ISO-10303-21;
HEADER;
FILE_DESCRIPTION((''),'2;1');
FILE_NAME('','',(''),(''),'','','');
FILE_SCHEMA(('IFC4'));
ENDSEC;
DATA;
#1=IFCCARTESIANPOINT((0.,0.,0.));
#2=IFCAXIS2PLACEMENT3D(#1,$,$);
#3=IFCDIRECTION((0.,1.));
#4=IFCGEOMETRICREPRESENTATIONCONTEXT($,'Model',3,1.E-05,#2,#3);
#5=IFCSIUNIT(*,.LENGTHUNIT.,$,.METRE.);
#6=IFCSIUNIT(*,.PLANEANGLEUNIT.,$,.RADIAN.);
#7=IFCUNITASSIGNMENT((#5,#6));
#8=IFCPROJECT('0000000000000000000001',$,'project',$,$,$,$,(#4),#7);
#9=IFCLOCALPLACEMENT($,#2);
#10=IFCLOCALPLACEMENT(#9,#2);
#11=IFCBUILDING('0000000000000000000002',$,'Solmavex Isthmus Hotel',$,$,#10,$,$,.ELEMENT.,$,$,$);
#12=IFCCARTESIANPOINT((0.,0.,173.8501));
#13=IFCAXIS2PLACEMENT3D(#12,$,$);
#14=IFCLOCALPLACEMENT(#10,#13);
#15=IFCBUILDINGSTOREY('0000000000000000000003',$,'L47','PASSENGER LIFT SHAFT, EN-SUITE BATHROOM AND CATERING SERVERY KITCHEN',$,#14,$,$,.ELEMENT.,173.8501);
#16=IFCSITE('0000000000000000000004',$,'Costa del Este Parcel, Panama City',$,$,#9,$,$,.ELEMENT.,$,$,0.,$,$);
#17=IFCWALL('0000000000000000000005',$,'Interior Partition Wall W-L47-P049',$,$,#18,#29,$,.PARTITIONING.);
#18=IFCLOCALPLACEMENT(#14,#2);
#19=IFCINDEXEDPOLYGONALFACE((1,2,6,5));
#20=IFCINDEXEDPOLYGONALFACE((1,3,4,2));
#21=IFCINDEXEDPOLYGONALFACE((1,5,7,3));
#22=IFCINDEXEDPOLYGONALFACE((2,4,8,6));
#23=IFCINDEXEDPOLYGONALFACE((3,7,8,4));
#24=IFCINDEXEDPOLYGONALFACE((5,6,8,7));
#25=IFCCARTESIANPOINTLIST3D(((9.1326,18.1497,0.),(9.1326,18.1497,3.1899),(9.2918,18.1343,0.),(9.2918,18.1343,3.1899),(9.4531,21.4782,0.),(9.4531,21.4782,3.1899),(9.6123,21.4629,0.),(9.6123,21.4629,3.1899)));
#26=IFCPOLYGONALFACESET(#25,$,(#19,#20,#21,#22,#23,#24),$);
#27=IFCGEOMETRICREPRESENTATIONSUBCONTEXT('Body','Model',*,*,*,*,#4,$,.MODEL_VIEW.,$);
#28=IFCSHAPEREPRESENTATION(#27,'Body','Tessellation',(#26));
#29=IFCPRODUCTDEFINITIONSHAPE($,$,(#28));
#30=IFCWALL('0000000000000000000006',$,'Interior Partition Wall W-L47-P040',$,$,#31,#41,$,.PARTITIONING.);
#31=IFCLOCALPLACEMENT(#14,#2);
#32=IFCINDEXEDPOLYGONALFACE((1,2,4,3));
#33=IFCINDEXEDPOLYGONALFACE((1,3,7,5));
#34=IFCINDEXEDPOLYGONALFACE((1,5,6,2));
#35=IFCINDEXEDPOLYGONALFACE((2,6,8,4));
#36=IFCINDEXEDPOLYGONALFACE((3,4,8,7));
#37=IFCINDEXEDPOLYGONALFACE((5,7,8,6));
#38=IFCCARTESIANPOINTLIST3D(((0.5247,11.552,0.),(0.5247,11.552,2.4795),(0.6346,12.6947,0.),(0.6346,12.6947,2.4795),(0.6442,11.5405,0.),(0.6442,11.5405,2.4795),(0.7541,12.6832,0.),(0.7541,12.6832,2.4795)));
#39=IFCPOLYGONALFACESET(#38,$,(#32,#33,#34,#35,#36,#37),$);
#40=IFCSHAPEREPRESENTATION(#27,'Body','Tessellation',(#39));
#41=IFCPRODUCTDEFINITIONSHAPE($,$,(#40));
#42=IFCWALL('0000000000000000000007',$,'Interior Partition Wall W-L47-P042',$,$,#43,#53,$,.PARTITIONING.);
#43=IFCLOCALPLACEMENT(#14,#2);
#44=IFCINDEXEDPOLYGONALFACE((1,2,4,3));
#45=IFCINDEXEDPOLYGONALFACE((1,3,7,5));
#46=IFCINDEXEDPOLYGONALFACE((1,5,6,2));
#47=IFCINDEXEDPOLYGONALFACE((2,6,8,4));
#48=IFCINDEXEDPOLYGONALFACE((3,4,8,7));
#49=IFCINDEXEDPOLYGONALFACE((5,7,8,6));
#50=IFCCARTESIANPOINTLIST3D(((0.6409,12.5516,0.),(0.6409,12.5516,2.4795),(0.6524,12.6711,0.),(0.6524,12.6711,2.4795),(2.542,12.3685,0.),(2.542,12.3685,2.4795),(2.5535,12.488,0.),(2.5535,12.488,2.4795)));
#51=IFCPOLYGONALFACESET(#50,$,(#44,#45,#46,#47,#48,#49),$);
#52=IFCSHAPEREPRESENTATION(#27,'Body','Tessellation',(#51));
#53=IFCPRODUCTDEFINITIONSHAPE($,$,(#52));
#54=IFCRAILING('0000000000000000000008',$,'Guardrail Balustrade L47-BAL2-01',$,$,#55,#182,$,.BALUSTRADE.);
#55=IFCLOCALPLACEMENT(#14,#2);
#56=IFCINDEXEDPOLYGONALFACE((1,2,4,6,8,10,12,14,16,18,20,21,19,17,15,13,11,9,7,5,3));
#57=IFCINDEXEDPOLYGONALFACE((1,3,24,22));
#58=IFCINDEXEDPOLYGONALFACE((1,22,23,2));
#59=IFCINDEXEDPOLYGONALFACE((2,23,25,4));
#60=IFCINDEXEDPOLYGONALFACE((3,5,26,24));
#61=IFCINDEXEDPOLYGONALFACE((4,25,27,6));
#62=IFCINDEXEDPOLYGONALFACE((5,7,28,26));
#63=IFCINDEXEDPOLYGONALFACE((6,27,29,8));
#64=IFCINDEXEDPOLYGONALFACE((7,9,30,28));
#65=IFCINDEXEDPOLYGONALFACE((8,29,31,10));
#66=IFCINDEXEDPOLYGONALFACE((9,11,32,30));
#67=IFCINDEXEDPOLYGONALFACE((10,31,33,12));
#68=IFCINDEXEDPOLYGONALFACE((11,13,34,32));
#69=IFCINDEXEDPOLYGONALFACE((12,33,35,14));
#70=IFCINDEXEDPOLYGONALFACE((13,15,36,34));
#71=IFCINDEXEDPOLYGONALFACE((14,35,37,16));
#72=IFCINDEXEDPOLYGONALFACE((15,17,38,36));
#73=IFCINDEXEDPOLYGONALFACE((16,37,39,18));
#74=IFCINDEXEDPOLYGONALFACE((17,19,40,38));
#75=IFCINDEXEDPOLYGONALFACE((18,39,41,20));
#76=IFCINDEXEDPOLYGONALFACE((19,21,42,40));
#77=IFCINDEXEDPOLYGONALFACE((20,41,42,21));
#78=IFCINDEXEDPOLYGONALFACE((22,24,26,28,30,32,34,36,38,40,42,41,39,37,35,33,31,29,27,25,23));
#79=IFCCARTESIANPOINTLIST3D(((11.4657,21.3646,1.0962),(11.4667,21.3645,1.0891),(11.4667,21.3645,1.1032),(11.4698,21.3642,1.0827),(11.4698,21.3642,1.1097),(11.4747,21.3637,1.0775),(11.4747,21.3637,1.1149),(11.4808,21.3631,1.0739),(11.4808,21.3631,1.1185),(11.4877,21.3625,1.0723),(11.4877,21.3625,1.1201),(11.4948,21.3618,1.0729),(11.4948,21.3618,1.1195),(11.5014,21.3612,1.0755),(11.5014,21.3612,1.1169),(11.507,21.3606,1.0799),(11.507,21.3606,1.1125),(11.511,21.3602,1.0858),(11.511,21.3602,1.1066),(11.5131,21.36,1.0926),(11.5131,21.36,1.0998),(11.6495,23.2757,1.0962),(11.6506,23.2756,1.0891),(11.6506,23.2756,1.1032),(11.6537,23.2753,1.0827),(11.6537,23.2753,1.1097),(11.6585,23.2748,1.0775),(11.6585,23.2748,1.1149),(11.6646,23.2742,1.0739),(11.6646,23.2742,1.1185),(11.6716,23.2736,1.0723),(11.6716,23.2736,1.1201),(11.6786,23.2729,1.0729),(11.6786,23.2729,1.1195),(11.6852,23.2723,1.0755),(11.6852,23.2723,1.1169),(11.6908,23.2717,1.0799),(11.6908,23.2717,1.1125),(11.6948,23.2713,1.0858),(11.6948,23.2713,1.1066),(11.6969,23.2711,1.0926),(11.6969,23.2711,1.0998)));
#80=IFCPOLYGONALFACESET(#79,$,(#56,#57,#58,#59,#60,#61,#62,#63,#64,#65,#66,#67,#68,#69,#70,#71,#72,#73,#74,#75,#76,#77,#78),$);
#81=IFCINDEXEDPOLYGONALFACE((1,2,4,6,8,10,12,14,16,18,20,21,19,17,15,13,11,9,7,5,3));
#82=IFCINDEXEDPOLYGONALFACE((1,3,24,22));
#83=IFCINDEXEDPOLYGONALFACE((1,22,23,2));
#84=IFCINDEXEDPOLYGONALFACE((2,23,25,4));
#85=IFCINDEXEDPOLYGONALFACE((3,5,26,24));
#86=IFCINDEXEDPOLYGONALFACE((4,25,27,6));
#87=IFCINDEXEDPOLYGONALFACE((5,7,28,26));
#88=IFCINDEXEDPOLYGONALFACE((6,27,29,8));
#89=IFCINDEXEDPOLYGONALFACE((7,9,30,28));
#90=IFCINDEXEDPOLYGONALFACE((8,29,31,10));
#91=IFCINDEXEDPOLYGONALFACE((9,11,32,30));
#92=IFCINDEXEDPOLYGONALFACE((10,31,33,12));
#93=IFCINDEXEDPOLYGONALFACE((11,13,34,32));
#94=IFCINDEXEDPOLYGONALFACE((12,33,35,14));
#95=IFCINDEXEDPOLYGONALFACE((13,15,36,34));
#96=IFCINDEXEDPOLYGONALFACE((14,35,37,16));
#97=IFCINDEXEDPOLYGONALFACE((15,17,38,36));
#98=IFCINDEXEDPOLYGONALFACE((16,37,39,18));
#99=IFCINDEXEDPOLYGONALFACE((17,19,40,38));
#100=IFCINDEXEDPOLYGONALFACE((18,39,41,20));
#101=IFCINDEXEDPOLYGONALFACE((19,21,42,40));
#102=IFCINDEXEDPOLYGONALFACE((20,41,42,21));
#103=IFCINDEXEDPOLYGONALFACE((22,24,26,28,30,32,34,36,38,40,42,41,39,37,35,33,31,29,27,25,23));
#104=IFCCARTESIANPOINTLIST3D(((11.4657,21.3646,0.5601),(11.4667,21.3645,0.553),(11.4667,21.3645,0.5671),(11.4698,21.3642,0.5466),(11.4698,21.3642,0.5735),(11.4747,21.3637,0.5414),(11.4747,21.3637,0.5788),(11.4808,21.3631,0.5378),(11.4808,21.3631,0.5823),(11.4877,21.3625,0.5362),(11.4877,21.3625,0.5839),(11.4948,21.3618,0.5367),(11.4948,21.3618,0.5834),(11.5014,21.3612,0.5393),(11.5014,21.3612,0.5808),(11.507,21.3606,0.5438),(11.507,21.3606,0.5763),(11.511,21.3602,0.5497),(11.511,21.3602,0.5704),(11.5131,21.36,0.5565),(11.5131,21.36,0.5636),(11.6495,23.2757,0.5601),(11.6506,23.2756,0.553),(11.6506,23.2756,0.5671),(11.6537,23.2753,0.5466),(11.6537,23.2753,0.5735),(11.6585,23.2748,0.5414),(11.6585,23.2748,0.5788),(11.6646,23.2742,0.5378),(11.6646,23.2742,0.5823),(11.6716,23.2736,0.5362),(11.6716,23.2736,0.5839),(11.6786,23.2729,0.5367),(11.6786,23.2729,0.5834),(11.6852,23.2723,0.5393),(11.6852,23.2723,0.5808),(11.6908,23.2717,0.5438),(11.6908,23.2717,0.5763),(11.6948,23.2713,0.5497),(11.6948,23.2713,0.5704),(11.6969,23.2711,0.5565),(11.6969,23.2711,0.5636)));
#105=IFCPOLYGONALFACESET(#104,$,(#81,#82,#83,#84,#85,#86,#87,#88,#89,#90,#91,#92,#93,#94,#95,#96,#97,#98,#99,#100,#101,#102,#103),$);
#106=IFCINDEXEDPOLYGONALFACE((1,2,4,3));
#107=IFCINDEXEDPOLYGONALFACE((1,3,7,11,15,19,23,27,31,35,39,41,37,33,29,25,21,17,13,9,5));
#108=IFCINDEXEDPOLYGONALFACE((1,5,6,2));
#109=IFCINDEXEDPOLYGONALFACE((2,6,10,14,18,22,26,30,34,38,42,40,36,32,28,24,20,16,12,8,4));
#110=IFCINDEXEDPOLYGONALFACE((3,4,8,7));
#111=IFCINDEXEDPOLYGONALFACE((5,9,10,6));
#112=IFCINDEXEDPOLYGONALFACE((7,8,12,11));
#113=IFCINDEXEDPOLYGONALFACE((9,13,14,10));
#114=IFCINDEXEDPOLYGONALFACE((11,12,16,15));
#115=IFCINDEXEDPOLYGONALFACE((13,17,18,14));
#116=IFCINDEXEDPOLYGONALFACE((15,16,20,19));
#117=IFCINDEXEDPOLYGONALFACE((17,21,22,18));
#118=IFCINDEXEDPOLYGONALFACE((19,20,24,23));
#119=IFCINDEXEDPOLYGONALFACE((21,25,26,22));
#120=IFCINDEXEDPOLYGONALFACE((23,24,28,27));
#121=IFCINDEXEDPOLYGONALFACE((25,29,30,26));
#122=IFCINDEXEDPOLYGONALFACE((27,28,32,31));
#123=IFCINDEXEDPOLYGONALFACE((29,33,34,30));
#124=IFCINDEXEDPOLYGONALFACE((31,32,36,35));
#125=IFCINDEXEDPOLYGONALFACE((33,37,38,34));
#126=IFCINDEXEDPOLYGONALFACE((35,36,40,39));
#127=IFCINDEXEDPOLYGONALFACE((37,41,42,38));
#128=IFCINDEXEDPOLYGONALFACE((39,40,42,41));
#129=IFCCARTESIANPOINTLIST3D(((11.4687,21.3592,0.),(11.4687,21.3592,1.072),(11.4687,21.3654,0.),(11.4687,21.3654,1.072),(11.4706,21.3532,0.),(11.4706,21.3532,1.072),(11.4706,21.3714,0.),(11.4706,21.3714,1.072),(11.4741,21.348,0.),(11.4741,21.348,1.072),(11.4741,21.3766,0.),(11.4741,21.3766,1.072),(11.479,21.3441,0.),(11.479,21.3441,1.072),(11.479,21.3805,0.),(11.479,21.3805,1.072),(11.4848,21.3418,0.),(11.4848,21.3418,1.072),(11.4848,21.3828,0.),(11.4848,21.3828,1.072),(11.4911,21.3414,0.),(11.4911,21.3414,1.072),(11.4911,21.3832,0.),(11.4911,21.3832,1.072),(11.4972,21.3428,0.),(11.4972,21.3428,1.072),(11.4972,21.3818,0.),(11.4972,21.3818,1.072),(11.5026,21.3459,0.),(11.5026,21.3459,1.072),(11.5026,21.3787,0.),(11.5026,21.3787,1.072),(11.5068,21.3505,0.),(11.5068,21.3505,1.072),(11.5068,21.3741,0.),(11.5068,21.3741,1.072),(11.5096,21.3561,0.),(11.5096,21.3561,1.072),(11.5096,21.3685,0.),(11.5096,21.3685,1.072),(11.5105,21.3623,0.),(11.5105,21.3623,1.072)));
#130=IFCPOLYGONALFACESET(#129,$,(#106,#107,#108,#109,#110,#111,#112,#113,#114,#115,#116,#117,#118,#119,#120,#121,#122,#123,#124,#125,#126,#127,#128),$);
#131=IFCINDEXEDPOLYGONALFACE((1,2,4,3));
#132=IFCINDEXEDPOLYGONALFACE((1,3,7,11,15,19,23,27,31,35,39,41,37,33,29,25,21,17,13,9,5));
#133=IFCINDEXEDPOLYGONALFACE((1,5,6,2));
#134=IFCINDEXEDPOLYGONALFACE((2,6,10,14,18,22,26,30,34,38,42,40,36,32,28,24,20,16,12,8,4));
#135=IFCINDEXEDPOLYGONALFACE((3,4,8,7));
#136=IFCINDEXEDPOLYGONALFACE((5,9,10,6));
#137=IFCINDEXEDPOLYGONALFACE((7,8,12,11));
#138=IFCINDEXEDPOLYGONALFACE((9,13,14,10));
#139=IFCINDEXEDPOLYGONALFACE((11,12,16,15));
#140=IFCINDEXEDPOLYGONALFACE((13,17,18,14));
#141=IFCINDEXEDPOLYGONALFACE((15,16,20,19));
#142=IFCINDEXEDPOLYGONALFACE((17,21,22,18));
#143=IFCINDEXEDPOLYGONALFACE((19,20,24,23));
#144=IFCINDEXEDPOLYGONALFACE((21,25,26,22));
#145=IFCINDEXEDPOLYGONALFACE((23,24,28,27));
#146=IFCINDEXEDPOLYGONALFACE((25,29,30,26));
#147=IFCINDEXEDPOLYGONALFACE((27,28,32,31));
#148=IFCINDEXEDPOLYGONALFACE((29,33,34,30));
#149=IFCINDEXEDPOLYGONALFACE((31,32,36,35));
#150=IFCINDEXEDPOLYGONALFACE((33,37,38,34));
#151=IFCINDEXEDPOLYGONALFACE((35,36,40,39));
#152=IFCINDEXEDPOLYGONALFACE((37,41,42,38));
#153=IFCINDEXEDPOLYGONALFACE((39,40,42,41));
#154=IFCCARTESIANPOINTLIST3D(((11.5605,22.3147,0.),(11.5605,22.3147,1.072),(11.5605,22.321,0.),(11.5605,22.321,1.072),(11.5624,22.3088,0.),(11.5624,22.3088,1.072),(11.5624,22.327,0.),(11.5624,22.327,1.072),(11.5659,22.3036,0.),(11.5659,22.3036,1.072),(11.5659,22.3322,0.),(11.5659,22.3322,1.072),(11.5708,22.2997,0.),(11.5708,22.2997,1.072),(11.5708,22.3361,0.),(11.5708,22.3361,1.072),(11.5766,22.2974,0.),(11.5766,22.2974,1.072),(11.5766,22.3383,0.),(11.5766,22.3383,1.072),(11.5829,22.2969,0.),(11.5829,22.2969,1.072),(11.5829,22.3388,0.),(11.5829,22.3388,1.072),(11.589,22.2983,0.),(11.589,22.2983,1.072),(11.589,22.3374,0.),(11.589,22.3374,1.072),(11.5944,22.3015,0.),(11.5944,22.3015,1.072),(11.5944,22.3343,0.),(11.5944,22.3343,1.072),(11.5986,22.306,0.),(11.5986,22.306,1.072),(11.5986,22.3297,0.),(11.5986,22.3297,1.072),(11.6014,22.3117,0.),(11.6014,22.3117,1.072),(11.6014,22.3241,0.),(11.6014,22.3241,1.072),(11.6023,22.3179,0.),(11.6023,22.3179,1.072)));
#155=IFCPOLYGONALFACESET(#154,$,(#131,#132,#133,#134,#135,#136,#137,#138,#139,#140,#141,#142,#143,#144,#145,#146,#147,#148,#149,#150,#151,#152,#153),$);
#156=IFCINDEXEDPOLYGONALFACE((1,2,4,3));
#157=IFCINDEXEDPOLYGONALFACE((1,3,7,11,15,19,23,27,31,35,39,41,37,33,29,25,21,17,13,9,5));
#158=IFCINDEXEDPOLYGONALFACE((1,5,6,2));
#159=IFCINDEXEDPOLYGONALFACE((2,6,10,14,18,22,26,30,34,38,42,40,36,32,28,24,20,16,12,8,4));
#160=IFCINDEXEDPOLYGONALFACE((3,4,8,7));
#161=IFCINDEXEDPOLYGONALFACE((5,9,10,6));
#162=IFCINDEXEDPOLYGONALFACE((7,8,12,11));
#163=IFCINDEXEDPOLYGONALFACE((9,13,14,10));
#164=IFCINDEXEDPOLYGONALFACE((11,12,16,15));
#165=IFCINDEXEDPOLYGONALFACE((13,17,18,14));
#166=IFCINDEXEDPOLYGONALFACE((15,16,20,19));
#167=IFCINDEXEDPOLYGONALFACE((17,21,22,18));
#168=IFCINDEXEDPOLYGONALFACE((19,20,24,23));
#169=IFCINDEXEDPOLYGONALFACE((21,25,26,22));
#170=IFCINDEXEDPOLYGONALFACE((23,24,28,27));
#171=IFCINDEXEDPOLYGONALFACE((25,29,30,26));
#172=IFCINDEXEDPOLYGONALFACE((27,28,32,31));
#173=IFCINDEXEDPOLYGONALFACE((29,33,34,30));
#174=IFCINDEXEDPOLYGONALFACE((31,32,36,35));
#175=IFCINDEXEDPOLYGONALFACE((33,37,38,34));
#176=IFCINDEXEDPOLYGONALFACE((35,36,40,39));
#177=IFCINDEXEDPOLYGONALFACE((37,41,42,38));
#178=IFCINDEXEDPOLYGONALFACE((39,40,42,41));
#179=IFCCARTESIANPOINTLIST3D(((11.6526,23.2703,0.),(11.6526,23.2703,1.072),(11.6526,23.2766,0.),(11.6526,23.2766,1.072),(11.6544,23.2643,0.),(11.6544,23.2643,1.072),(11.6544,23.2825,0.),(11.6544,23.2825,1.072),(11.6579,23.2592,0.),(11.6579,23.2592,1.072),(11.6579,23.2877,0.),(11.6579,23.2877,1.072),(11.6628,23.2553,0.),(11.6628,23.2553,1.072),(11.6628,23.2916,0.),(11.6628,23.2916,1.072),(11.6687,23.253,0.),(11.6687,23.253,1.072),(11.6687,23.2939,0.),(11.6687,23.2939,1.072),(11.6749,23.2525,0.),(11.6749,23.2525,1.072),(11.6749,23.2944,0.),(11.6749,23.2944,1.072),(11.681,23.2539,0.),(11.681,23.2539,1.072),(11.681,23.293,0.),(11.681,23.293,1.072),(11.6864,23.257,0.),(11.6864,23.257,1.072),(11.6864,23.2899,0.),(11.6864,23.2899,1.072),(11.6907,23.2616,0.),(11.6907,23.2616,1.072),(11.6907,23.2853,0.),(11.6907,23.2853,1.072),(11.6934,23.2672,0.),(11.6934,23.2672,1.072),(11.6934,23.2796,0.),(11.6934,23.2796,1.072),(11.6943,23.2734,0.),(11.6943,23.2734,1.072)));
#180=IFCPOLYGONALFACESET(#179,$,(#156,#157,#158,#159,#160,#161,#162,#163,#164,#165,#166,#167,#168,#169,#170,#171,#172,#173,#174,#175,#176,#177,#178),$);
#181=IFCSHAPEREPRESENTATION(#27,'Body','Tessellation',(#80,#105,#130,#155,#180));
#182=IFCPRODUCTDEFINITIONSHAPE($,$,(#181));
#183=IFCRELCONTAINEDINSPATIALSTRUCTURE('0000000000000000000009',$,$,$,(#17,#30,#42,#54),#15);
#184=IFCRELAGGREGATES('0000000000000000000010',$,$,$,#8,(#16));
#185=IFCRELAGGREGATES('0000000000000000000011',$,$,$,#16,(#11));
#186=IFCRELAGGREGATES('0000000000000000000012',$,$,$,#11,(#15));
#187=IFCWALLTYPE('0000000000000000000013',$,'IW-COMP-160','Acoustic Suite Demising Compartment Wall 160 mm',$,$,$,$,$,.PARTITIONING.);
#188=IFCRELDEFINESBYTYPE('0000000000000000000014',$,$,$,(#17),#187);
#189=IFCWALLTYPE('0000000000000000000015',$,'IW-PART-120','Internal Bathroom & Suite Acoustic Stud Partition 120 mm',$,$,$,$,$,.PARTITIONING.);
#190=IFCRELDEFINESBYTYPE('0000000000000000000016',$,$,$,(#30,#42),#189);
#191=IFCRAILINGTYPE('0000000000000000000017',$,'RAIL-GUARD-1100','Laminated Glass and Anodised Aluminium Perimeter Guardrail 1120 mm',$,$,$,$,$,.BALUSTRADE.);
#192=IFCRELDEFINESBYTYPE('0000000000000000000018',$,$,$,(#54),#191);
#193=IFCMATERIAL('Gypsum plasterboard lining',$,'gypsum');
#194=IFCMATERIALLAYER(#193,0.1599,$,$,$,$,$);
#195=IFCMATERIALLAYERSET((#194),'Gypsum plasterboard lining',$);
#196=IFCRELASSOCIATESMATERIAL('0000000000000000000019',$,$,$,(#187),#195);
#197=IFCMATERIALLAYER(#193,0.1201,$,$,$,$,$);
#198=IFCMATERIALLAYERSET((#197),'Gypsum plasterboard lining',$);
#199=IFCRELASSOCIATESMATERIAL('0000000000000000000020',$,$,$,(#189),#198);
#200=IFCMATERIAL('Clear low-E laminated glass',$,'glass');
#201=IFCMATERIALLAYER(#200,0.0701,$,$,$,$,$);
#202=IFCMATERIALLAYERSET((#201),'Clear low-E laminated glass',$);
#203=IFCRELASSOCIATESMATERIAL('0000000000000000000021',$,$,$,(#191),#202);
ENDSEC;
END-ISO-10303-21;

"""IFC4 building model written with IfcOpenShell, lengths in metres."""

from ifc_helpers import new_model, si_unit, direction, frame, frame_2d, origin, origin_2d, place, context, subcontext, project, spatial, rectangle, circle, extrude, material, layer, layer_set, type_object, element, save


model = new_model("IFC4")

# Units and contexts
model_context = context("Model", 3, precision=1e-05, world=origin(), true_north=direction((0.0, 1.0)))
body_context = subcontext(model_context, "Body", "Model", "MODEL_VIEW")
ifc_project = project(units=[si_unit("LENGTHUNIT", "METRE"), si_unit("PLANEANGLEUNIT", "RADIAN")], contexts=[model_context])

# Site, building, storey
site_placement = place(None, origin())
site = spatial("IfcSite", under=ifc_project, at=site_placement, Name="Costa del Este Parcel, Panama City", CompositionType="ELEMENT", RefElevation=0.0)
building_placement = place(site_placement, origin())
building = spatial("IfcBuilding", under=site, at=building_placement, Name="Solmavex Isthmus Hotel", CompositionType="ELEMENT")
storey_placement = place(building_placement, frame((0.0, 0.0, 173.8501)))
storey = spatial("IfcBuildingStorey", under=building, at=storey_placement, Name="L47", Description="PASSENGER LIFT SHAFT, EN-SUITE BATHROOM AND CATERING SERVERY KITCHEN", CompositionType="ELEMENT", Elevation=173.8501)

# Shared definitions
ifc_material_1 = material(Name="Clear low-E laminated glass", Category="glass")

# Walls
ifc_material_2 = material(Name="Gypsum plasterboard lining", Category="gypsum")
ifc_layer_1 = layer(ifc_material_2, 0.1599)
ifc_layer_set_1 = layer_set([ifc_layer_1], Name="Gypsum plasterboard lining")
wall_type_1 = type_object("IfcWallType", Name="IW-COMP-160", Description="Acoustic Suite Demising Compartment Wall 160 mm", PredefinedType="PARTITIONING", material=ifc_layer_set_1)
wall_1_placement = place(storey_placement, frame((9.5327, 21.4705, 0.0), z_axis=(0.0, 0.0, 1.0), x_axis=(-0.09586, -0.995395, 0.0)))
element("IfcWall", 1, at=wall_1_placement, inside=storey, type_object=wall_type_1, Name="Interior Partition Wall W-L47-P049", PredefinedType="PARTITIONING", context=body_context, shape_type="SweptSolid", body=[
    extrude(rectangle(XDim=3.344, YDim=0.1599, at=frame_2d((1.6719, 0.0))), origin(), (0.0, 0.0, 1.0), 3.1899),
])
ifc_layer_2 = layer(ifc_material_2, 0.1201)
ifc_layer_set_2 = layer_set([ifc_layer_2], Name="Gypsum plasterboard lining")
wall_type_2 = type_object("IfcWallType", Name="IW-PART-120", Description="Internal Bathroom & Suite Acoustic Stud Partition 120 mm", PredefinedType="PARTITIONING", material=ifc_layer_set_2)
wall_2_placement = place(storey_placement, frame((0.6943, 12.689, 0.0), z_axis=(0.0, 0.0, 1.0), x_axis=(-0.095712, -0.995409, 0.0)))
element("IfcWall", 2, at=wall_2_placement, inside=storey, type_object=wall_type_2, Name="Interior Partition Wall W-L47-P040", PredefinedType="PARTITIONING", context=body_context, shape_type="SweptSolid", body=[
    extrude(rectangle(XDim=1.1479, YDim=0.1201, at=frame_2d((0.574, 0.0))), origin(), (0.0, 0.0, 1.0), 2.4795),
])
wall_3_placement = place(storey_placement, frame((2.5479, 12.4282, 0.0), z_axis=(0.0, 0.0, 1.0), x_axis=(-0.995394, 0.095871, 0.0)))
element("IfcWall", 3, at=wall_3_placement, inside=storey, type_object=wall_type_2, Name="Interior Partition Wall W-L47-P042", PredefinedType="PARTITIONING", context=body_context, shape_type="SweptSolid", body=[
    extrude(rectangle(XDim=1.9099, YDim=0.1201, at=frame_2d((0.9551, 0.0))), origin(), (0.0, 0.0, 1.0), 2.4795),
])

# Railing
ifc_layer_3 = layer(ifc_material_1, 0.0701)
ifc_layer_set_3 = layer_set([ifc_layer_3], Name="Clear low-E laminated glass")
railing_type = type_object("IfcRailingType", Name="RAIL-GUARD-1100", Description="Laminated Glass and Anodised Aluminium Perimeter Guardrail 1120 mm", PredefinedType="BALUSTRADE", material=ifc_layer_set_3)
railing_1_placement = place(storey_placement, frame((11.4895, 21.3623, 0.0)))
element("IfcRailing", 4, at=railing_1_placement, inside=storey, type_object=railing_type, Name="Guardrail Balustrade L47-BAL2-01", PredefinedType="BALUSTRADE", context=body_context, shape_type="SweptSolid", body=[
    extrude(circle(Radius=0.0239, at=origin_2d()), frame((0.0, 0.0, 1.0962), z_axis=(0.095751, 0.995405, 0.0), x_axis=(-0.995405, 0.095751, 0.0)), (0.0, 0.0, 1.0), 1.9199),
    extrude(circle(Radius=0.0239, at=origin_2d()), frame((0.0, 0.0, 0.5601), z_axis=(0.095751, 0.995405, 0.0), x_axis=(-0.995405, 0.095751, 0.0)), (0.0, 0.0, 1.0), 1.9199),
    extrude(circle(Radius=0.021, at=origin_2d()), origin(), (0.0, 0.0, 1.0), 1.072),
    extrude(circle(Radius=0.021, at=origin_2d()), frame((0.0918, 0.9556, 0.0)), (0.0, 0.0, 1.0), 1.072),
    extrude(circle(Radius=0.021, at=origin_2d()), frame((0.1838, 1.9111, 0.0)), (0.0, 0.0, 1.0), 1.072),
])

save(model, "model.ifc")
